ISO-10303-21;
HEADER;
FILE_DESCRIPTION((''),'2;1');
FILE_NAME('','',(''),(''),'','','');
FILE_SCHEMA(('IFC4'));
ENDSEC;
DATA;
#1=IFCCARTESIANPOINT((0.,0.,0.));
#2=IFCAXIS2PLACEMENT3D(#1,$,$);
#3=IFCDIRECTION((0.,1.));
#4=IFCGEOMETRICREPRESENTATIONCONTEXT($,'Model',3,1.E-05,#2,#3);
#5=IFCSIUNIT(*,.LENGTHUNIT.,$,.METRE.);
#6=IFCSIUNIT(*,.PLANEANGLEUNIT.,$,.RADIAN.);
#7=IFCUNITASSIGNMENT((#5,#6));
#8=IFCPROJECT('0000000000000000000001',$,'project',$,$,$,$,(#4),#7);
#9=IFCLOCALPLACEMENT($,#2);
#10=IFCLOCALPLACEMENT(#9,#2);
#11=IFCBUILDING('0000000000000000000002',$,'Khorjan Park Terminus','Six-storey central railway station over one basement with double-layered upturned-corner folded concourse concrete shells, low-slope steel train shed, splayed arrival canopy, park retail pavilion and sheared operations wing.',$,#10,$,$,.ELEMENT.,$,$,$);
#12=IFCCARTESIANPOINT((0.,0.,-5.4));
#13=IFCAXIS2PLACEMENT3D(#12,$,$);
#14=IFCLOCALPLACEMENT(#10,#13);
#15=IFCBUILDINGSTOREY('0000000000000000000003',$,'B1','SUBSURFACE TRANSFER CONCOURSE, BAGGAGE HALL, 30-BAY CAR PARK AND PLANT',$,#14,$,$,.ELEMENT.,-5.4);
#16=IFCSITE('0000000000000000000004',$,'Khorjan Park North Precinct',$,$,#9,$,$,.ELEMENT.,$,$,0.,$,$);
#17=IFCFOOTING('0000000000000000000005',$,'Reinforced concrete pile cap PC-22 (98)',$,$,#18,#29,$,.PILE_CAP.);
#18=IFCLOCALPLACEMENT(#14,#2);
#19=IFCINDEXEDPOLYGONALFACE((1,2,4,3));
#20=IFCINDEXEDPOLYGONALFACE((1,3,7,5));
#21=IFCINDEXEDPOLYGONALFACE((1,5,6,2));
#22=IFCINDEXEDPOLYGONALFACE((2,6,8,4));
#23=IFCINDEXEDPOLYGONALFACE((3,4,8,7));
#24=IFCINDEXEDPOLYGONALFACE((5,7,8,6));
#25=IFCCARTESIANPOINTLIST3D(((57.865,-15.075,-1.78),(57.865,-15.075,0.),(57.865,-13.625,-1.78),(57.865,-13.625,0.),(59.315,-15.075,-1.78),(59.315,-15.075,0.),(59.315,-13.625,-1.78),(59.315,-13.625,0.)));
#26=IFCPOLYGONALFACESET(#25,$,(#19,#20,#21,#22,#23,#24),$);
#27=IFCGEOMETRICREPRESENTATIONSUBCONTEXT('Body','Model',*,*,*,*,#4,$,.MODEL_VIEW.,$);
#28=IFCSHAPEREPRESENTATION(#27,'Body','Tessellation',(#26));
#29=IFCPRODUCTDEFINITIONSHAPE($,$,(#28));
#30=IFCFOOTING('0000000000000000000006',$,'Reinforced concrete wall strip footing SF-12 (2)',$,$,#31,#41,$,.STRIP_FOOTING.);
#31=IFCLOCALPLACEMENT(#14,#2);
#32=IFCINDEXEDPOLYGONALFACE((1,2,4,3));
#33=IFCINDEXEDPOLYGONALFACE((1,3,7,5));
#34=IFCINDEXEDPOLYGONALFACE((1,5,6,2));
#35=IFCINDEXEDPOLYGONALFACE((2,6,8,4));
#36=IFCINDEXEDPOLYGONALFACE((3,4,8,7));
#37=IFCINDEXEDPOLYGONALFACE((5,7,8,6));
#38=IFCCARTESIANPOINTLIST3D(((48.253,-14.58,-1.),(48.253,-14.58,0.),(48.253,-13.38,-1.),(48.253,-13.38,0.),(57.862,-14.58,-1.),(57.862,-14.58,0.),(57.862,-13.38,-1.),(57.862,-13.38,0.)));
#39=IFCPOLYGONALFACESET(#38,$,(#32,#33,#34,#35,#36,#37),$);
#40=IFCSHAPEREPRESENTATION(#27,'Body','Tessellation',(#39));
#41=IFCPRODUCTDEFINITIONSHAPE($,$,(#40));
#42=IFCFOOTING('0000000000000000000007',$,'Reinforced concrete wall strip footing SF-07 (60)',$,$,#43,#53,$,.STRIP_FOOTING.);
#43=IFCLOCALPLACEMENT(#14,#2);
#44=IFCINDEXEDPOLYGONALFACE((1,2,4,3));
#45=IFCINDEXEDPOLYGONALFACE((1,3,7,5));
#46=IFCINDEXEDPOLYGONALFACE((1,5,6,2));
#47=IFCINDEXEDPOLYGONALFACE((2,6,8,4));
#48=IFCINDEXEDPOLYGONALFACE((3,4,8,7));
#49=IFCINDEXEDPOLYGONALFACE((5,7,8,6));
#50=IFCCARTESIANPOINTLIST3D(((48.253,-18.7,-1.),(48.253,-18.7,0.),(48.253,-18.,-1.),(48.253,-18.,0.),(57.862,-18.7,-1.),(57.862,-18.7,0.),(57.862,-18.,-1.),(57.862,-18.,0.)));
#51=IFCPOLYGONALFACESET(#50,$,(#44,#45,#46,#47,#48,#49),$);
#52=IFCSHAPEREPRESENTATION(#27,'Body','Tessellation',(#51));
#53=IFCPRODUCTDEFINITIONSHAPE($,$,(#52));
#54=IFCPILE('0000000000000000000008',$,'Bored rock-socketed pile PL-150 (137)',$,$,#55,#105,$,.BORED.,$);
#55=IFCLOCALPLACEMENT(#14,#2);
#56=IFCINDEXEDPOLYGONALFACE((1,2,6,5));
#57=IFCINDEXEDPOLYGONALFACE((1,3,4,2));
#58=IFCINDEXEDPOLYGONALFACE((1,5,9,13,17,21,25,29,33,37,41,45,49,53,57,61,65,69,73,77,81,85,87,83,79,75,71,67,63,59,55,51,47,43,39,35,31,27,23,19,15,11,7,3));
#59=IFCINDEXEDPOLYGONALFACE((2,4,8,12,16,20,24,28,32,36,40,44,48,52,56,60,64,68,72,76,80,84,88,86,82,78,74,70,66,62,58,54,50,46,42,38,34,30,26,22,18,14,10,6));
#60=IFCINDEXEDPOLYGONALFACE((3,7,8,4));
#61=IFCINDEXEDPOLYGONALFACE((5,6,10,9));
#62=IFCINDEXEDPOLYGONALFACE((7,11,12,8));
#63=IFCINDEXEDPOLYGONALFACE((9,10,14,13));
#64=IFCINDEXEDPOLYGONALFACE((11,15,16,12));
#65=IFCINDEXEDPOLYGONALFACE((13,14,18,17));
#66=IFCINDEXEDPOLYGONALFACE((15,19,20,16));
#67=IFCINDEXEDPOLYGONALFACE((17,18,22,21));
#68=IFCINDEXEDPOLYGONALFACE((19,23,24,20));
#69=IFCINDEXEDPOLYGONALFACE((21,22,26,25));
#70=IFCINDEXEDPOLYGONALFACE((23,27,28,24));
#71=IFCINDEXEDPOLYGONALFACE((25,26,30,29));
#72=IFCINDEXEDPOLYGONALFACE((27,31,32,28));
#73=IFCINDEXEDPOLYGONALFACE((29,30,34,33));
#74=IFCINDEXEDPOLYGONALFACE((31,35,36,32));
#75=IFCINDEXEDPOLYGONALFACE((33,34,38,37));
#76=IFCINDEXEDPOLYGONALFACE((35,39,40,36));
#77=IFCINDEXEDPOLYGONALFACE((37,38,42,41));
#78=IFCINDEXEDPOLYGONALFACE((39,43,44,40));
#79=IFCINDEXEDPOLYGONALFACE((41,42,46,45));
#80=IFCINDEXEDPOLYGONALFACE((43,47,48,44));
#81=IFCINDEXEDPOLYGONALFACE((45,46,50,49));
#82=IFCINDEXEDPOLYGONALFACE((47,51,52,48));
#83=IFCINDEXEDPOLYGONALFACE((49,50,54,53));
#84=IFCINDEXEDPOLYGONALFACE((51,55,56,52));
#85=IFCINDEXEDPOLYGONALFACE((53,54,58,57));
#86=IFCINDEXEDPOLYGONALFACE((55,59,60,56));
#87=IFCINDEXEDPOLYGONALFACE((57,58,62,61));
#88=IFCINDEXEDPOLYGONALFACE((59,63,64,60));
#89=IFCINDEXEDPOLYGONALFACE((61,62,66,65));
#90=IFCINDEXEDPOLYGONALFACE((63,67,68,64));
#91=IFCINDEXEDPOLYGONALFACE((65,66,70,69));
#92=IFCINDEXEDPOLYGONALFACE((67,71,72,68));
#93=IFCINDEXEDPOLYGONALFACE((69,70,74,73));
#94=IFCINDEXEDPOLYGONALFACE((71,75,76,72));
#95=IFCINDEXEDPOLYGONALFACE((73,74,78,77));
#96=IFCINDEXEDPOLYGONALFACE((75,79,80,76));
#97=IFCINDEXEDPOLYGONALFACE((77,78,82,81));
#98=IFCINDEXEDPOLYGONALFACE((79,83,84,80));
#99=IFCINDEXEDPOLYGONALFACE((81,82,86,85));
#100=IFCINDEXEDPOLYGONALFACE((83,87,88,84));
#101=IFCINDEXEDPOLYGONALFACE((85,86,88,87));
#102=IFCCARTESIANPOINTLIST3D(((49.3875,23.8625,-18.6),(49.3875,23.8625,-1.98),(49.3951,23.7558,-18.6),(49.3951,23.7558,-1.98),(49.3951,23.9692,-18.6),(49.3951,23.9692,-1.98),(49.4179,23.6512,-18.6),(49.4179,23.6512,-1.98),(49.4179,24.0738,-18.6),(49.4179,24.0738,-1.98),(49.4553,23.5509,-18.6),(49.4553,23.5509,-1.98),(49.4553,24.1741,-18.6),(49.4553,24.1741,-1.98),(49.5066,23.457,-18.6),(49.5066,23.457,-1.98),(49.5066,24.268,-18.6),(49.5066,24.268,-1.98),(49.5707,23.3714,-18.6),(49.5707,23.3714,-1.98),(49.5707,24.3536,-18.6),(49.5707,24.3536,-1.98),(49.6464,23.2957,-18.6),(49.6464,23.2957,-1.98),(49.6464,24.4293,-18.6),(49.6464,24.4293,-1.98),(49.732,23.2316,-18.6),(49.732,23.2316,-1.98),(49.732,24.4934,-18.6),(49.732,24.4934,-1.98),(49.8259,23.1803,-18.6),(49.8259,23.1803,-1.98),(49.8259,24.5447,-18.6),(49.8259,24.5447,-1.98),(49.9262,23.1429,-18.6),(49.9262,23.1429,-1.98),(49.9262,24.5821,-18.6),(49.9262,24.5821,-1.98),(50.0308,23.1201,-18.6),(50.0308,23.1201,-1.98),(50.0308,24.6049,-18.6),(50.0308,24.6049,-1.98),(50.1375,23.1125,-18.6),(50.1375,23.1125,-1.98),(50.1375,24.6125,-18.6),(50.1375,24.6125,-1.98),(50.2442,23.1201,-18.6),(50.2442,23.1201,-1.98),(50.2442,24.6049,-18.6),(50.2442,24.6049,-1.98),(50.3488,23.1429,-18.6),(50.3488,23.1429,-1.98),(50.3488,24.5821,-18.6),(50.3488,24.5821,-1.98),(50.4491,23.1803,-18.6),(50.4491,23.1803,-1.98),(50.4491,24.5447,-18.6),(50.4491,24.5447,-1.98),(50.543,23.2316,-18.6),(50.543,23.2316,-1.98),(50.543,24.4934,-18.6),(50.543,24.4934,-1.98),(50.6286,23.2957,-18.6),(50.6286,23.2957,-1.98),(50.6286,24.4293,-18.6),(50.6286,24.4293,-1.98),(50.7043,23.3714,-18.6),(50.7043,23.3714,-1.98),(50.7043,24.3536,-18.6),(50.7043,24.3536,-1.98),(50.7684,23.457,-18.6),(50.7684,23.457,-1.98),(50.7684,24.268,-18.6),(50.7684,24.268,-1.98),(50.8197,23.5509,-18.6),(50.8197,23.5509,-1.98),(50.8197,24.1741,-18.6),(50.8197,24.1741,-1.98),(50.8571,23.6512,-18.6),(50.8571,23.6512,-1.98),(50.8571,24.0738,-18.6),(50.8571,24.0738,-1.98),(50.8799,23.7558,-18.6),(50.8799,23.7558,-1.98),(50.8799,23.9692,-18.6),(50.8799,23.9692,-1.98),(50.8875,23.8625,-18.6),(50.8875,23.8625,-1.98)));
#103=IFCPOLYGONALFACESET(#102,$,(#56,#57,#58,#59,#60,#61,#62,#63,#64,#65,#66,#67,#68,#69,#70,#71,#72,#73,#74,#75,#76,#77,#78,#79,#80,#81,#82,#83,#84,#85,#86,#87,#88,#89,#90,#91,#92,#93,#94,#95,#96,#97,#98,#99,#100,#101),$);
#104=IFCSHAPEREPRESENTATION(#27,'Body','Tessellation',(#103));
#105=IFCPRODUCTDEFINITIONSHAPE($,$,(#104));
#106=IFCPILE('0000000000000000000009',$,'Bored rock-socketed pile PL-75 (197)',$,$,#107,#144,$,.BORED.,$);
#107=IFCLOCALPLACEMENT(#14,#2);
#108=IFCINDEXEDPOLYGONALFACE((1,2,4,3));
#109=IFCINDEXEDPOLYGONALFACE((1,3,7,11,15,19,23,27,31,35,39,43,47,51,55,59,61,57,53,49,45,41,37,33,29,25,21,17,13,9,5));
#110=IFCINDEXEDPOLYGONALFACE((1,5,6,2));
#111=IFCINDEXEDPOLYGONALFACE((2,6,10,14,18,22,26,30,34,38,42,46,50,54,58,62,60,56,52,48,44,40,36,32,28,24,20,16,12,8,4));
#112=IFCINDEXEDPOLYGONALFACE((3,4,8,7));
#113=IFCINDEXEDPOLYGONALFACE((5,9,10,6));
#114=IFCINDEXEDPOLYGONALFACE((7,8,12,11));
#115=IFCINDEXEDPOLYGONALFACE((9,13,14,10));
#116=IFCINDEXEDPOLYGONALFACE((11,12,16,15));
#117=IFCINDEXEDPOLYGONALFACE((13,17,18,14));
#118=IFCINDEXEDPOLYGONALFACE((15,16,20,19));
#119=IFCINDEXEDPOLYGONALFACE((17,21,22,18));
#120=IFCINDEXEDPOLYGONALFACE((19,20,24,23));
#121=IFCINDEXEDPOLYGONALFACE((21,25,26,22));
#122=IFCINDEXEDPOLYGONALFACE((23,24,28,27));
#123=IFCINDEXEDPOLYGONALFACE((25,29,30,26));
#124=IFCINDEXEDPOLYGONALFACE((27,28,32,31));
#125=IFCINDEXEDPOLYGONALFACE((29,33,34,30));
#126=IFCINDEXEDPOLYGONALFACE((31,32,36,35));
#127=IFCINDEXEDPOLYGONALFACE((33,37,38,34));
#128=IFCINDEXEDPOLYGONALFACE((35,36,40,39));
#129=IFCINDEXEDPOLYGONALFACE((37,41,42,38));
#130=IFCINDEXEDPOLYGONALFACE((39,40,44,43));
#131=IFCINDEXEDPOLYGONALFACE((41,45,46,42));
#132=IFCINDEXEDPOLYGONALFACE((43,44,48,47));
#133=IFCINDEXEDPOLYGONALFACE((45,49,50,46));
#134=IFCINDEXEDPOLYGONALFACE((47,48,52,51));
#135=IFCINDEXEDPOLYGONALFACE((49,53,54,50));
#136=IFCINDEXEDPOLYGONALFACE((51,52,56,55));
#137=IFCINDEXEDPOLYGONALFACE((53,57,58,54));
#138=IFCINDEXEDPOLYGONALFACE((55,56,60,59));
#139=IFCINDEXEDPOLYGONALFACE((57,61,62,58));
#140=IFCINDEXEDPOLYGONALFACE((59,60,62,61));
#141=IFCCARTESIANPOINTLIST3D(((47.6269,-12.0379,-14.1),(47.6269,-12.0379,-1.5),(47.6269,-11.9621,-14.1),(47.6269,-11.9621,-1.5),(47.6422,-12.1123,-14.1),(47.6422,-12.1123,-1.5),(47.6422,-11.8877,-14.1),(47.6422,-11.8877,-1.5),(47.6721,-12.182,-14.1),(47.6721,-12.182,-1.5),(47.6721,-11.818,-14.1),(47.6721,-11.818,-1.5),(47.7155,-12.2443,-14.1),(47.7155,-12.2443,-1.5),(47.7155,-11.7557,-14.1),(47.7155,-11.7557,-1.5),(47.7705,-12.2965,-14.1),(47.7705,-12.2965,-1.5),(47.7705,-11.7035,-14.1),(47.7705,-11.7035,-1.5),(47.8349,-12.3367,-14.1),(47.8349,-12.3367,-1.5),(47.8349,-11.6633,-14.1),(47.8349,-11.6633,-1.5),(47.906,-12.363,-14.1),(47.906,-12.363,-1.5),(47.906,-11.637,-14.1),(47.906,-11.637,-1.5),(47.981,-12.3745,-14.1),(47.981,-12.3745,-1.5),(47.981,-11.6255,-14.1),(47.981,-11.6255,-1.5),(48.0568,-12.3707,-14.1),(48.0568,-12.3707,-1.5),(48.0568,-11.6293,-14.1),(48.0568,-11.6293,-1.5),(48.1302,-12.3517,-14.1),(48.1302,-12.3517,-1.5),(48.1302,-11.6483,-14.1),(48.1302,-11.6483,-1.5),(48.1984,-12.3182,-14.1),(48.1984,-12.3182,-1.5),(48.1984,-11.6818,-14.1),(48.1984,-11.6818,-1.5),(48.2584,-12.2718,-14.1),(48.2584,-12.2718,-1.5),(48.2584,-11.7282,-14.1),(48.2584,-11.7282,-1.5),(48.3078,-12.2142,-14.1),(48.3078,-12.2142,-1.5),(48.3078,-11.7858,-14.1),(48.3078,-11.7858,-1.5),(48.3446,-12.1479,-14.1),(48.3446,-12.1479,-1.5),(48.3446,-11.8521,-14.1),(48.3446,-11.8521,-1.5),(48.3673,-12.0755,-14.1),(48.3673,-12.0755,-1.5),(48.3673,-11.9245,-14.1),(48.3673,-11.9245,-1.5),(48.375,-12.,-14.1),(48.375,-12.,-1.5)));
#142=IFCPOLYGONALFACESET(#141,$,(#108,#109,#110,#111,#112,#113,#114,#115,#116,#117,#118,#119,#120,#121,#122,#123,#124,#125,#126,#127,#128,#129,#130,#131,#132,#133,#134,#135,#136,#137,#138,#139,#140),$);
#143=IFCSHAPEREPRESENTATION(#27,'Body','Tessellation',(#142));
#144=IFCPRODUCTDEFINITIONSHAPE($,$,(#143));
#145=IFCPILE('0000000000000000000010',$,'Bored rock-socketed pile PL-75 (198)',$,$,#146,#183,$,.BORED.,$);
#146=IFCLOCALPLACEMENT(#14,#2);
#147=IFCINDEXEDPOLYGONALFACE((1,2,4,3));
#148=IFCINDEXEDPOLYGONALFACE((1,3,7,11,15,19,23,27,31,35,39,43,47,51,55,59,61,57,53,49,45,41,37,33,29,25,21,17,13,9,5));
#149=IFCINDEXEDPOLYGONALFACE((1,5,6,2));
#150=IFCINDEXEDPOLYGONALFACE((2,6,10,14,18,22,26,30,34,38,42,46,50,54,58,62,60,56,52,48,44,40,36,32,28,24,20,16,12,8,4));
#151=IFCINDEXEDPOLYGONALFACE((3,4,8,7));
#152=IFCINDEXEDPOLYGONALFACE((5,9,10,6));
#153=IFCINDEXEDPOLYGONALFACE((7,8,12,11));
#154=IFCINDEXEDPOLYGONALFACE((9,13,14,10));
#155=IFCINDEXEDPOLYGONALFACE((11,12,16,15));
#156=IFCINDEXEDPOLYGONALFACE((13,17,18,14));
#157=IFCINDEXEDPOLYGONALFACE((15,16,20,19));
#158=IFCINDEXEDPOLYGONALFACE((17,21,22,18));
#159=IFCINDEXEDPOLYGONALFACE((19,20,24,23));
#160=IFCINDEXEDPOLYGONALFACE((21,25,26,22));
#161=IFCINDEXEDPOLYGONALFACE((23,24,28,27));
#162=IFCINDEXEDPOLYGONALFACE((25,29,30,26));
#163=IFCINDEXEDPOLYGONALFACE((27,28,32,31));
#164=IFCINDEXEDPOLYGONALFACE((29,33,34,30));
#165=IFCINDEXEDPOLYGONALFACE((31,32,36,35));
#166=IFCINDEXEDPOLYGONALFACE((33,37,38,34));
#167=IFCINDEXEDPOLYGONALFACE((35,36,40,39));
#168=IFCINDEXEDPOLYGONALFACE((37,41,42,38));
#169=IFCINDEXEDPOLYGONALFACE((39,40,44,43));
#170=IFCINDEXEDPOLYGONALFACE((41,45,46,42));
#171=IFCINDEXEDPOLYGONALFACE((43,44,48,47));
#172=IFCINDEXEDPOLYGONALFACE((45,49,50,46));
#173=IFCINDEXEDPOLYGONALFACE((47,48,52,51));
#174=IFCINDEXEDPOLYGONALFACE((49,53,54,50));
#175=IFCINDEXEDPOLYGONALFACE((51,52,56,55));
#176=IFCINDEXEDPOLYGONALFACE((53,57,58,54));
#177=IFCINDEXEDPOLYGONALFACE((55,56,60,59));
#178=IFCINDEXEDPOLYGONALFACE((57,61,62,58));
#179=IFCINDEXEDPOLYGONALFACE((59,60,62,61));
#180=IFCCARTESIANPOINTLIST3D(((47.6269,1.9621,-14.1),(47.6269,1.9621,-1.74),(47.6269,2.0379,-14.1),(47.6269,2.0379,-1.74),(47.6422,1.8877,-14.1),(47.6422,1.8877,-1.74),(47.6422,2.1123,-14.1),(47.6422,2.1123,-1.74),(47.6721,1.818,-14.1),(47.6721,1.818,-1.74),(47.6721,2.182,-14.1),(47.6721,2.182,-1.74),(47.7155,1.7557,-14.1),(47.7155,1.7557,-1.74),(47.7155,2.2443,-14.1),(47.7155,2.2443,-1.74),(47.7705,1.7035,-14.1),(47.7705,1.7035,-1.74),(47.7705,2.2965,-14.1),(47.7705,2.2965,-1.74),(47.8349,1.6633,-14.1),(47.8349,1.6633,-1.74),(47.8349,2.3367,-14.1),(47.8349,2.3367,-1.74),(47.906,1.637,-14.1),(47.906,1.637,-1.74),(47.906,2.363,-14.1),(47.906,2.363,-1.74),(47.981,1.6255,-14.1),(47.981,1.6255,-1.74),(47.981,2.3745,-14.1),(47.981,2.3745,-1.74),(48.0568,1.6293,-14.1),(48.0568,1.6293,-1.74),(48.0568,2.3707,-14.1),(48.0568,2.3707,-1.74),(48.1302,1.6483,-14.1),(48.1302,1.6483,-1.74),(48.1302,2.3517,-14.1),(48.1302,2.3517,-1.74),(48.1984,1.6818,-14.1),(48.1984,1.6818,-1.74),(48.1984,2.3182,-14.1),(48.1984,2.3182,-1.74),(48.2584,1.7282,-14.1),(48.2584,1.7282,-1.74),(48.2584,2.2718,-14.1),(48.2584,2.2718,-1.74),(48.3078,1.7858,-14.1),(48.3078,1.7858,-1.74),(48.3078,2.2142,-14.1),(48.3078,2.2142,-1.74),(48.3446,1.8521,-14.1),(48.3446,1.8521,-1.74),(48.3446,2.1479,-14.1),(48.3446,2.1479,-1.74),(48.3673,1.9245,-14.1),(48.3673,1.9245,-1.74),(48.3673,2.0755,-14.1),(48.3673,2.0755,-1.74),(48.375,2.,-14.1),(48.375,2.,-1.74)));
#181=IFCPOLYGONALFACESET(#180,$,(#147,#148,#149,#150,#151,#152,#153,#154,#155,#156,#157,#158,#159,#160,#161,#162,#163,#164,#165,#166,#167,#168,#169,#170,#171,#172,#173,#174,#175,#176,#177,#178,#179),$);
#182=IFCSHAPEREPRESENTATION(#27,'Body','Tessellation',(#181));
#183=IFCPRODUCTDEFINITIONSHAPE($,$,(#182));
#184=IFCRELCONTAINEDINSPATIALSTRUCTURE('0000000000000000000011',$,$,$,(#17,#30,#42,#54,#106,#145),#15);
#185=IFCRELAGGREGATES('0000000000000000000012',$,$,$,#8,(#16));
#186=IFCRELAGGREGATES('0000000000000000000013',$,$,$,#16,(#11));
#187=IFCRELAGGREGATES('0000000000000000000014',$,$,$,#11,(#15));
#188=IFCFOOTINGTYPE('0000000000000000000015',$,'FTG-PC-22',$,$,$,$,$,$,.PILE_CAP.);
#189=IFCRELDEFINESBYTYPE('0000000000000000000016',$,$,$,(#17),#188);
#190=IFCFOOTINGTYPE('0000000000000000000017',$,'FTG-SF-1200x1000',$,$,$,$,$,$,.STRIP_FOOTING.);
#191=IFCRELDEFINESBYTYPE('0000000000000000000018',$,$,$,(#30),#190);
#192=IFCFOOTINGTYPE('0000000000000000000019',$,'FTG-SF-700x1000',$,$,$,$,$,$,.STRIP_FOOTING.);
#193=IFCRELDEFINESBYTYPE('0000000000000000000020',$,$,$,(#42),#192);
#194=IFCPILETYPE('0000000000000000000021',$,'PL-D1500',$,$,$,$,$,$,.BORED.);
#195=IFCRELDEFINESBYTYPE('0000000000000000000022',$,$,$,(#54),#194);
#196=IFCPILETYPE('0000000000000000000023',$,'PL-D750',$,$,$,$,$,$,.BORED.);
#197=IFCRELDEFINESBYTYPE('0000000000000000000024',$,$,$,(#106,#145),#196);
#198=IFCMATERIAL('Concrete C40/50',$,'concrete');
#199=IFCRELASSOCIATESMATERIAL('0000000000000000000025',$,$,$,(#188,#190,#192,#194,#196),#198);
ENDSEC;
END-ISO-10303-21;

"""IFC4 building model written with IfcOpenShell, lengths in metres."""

from ifc_helpers import new_model, si_unit, direction, frame, origin, origin_2d, place, context, subcontext, project, spatial, rectangle, circle, extrude, material, material_profile, profile_set, type_object, element, save


model = new_model("IFC4")

# Units and contexts
model_context = context("Model", 3, precision=1e-05, world=origin(), true_north=direction((0.0, 1.0)))
body_context = subcontext(model_context, "Body", "Model", "MODEL_VIEW")
ifc_project = project(units=[si_unit("LENGTHUNIT", "METRE"), si_unit("PLANEANGLEUNIT", "RADIAN")], contexts=[model_context])

# Site, building, storey
site_placement = place(None, origin())
site = spatial("IfcSite", under=ifc_project, at=site_placement, Name="Khorjan Park North Precinct", CompositionType="ELEMENT", RefElevation=0.0)
building_placement = place(site_placement, origin())
building = spatial("IfcBuilding", under=site, at=building_placement, Name="Khorjan Park Terminus", Description="Six-storey central railway station over one basement with double-layered upturned-corner folded concourse concrete shells, low-slope steel train shed, splayed arrival canopy, park retail pavilion and sheared operations wing.", CompositionType="ELEMENT")
storey_placement = place(building_placement, frame((0.0, 0.0, -5.4)))
storey = spatial("IfcBuildingStorey", under=building, at=storey_placement, Name="B1", Description="SUBSURFACE TRANSFER CONCOURSE, BAGGAGE HALL, 30-BAY CAR PARK AND PLANT", CompositionType="ELEMENT", Elevation=-5.4)

# Footings
ifc_material_1 = material(Name="Concrete C40/50", Category="concrete")
footing_type_1 = type_object("IfcFootingType", Name="FTG-PC-22", PredefinedType="PILE_CAP", material=ifc_material_1)
for number, where, z_axis, x_axis, name in (
    (1, (58.59, -14.35, -1.78), (0.0, 0.0, 1.0), (1.0, 0.0, 0.0), "Reinforced concrete pile cap PC-22 (98)"),
):
    element("IfcFooting", number, at=place(storey_placement, frame(where, z_axis=z_axis, x_axis=x_axis)), inside=storey, type_object=footing_type_1, Name=name, PredefinedType="PILE_CAP", context=body_context, shape_type="SweptSolid", body=[
        extrude(rectangle(XDim=1.45, YDim=1.45, at=origin_2d()), origin(), (0.0, 0.0, 1.0), 1.78),
    ])
ifc_material_profile_1 = material_profile(ifc_material_1, rectangle(XDim=1.2, YDim=1.0, at=origin_2d()), Name="RC 1200x1000")
ifc_profile_set_1 = profile_set([ifc_material_profile_1], Name="Concrete C40/50")
footing_type_2 = type_object("IfcFootingType", Name="FTG-SF-1200x1000", PredefinedType="STRIP_FOOTING", material=ifc_profile_set_1)
footing_1_placement = place(storey_placement, frame((48.253, -13.98, -0.5), z_axis=(1.0, 0.0, 0.0), x_axis=(0.0, 1.0, 0.0)))
element("IfcFooting", 2, at=footing_1_placement, inside=storey, type_object=footing_type_2, Name="Reinforced concrete wall strip footing SF-12 (2)", PredefinedType="STRIP_FOOTING", context=body_context, shape_type="SweptSolid", body=[
    extrude(rectangle(XDim=1.2, YDim=1.0, at=origin_2d()), origin(), (0.0, 0.0, 1.0), 9.609),
])
ifc_material_profile_2 = material_profile(ifc_material_1, rectangle(XDim=0.7, YDim=1.0, at=origin_2d()), Name="RC 700x1000")
ifc_profile_set_2 = profile_set([ifc_material_profile_2], Name="Concrete C40/50")
footing_type_3 = type_object("IfcFootingType", Name="FTG-SF-700x1000", PredefinedType="STRIP_FOOTING", material=ifc_profile_set_2)
footing_2_placement = place(storey_placement, frame((48.253, -18.35, -0.5), z_axis=(1.0, 0.0, 0.0), x_axis=(0.0, 1.0, 0.0)))
element("IfcFooting", 3, at=footing_2_placement, inside=storey, type_object=footing_type_3, Name="Reinforced concrete wall strip footing SF-07 (60)", PredefinedType="STRIP_FOOTING", context=body_context, shape_type="SweptSolid", body=[
    extrude(rectangle(XDim=0.7, YDim=1.0, at=origin_2d()), origin(), (0.0, 0.0, 1.0), 9.609),
])

# Piles
ifc_material_profile_3 = material_profile(ifc_material_1, circle(Radius=0.75, at=origin_2d()), Name="BORED D1500")
ifc_profile_set_3 = profile_set([ifc_material_profile_3], Name="Concrete C40/50")
pile_type_1 = type_object("IfcPileType", Name="PL-D1500", PredefinedType="BORED", material=ifc_profile_set_3)
pile_1_placement = place(storey_placement, frame((50.1375, 23.8625, -1.98), z_axis=(0.0, 0.0, -1.0), x_axis=(1.0, 0.0, 0.0)))
element("IfcPile", 4, at=pile_1_placement, inside=storey, type_object=pile_type_1, Name="Bored rock-socketed pile PL-150 (137)", PredefinedType="BORED", context=body_context, shape_type="SweptSolid", body=[
    extrude(circle(Radius=0.75, at=origin_2d()), origin(), (0.0, 0.0, 1.0), 16.62),
])
ifc_material_profile_4 = material_profile(ifc_material_1, circle(Radius=0.375, at=origin_2d()), Name="BORED D750")
ifc_profile_set_4 = profile_set([ifc_material_profile_4], Name="Concrete C40/50")
pile_type_2 = type_object("IfcPileType", Name="PL-D750", PredefinedType="BORED", material=ifc_profile_set_4)
pile_2_placement = place(storey_placement, frame((48.0, -12.0, -1.5), z_axis=(0.0, 0.0, -1.0), x_axis=(1.0, 0.0, 0.0)))
element("IfcPile", 5, at=pile_2_placement, inside=storey, type_object=pile_type_2, Name="Bored rock-socketed pile PL-75 (197)", PredefinedType="BORED", context=body_context, shape_type="SweptSolid", body=[
    extrude(circle(Radius=0.375, at=origin_2d()), origin(), (0.0, 0.0, 1.0), 12.6),
])
pile_3_placement = place(storey_placement, frame((48.0, 2.0, -1.74), z_axis=(0.0, 0.0, -1.0), x_axis=(1.0, 0.0, 0.0)))
element("IfcPile", 6, at=pile_3_placement, inside=storey, type_object=pile_type_2, Name="Bored rock-socketed pile PL-75 (198)", PredefinedType="BORED", context=body_context, shape_type="SweptSolid", body=[
    extrude(circle(Radius=0.375, at=origin_2d()), origin(), (0.0, 0.0, 1.0), 12.36),
])

save(model, "model.ifc")
